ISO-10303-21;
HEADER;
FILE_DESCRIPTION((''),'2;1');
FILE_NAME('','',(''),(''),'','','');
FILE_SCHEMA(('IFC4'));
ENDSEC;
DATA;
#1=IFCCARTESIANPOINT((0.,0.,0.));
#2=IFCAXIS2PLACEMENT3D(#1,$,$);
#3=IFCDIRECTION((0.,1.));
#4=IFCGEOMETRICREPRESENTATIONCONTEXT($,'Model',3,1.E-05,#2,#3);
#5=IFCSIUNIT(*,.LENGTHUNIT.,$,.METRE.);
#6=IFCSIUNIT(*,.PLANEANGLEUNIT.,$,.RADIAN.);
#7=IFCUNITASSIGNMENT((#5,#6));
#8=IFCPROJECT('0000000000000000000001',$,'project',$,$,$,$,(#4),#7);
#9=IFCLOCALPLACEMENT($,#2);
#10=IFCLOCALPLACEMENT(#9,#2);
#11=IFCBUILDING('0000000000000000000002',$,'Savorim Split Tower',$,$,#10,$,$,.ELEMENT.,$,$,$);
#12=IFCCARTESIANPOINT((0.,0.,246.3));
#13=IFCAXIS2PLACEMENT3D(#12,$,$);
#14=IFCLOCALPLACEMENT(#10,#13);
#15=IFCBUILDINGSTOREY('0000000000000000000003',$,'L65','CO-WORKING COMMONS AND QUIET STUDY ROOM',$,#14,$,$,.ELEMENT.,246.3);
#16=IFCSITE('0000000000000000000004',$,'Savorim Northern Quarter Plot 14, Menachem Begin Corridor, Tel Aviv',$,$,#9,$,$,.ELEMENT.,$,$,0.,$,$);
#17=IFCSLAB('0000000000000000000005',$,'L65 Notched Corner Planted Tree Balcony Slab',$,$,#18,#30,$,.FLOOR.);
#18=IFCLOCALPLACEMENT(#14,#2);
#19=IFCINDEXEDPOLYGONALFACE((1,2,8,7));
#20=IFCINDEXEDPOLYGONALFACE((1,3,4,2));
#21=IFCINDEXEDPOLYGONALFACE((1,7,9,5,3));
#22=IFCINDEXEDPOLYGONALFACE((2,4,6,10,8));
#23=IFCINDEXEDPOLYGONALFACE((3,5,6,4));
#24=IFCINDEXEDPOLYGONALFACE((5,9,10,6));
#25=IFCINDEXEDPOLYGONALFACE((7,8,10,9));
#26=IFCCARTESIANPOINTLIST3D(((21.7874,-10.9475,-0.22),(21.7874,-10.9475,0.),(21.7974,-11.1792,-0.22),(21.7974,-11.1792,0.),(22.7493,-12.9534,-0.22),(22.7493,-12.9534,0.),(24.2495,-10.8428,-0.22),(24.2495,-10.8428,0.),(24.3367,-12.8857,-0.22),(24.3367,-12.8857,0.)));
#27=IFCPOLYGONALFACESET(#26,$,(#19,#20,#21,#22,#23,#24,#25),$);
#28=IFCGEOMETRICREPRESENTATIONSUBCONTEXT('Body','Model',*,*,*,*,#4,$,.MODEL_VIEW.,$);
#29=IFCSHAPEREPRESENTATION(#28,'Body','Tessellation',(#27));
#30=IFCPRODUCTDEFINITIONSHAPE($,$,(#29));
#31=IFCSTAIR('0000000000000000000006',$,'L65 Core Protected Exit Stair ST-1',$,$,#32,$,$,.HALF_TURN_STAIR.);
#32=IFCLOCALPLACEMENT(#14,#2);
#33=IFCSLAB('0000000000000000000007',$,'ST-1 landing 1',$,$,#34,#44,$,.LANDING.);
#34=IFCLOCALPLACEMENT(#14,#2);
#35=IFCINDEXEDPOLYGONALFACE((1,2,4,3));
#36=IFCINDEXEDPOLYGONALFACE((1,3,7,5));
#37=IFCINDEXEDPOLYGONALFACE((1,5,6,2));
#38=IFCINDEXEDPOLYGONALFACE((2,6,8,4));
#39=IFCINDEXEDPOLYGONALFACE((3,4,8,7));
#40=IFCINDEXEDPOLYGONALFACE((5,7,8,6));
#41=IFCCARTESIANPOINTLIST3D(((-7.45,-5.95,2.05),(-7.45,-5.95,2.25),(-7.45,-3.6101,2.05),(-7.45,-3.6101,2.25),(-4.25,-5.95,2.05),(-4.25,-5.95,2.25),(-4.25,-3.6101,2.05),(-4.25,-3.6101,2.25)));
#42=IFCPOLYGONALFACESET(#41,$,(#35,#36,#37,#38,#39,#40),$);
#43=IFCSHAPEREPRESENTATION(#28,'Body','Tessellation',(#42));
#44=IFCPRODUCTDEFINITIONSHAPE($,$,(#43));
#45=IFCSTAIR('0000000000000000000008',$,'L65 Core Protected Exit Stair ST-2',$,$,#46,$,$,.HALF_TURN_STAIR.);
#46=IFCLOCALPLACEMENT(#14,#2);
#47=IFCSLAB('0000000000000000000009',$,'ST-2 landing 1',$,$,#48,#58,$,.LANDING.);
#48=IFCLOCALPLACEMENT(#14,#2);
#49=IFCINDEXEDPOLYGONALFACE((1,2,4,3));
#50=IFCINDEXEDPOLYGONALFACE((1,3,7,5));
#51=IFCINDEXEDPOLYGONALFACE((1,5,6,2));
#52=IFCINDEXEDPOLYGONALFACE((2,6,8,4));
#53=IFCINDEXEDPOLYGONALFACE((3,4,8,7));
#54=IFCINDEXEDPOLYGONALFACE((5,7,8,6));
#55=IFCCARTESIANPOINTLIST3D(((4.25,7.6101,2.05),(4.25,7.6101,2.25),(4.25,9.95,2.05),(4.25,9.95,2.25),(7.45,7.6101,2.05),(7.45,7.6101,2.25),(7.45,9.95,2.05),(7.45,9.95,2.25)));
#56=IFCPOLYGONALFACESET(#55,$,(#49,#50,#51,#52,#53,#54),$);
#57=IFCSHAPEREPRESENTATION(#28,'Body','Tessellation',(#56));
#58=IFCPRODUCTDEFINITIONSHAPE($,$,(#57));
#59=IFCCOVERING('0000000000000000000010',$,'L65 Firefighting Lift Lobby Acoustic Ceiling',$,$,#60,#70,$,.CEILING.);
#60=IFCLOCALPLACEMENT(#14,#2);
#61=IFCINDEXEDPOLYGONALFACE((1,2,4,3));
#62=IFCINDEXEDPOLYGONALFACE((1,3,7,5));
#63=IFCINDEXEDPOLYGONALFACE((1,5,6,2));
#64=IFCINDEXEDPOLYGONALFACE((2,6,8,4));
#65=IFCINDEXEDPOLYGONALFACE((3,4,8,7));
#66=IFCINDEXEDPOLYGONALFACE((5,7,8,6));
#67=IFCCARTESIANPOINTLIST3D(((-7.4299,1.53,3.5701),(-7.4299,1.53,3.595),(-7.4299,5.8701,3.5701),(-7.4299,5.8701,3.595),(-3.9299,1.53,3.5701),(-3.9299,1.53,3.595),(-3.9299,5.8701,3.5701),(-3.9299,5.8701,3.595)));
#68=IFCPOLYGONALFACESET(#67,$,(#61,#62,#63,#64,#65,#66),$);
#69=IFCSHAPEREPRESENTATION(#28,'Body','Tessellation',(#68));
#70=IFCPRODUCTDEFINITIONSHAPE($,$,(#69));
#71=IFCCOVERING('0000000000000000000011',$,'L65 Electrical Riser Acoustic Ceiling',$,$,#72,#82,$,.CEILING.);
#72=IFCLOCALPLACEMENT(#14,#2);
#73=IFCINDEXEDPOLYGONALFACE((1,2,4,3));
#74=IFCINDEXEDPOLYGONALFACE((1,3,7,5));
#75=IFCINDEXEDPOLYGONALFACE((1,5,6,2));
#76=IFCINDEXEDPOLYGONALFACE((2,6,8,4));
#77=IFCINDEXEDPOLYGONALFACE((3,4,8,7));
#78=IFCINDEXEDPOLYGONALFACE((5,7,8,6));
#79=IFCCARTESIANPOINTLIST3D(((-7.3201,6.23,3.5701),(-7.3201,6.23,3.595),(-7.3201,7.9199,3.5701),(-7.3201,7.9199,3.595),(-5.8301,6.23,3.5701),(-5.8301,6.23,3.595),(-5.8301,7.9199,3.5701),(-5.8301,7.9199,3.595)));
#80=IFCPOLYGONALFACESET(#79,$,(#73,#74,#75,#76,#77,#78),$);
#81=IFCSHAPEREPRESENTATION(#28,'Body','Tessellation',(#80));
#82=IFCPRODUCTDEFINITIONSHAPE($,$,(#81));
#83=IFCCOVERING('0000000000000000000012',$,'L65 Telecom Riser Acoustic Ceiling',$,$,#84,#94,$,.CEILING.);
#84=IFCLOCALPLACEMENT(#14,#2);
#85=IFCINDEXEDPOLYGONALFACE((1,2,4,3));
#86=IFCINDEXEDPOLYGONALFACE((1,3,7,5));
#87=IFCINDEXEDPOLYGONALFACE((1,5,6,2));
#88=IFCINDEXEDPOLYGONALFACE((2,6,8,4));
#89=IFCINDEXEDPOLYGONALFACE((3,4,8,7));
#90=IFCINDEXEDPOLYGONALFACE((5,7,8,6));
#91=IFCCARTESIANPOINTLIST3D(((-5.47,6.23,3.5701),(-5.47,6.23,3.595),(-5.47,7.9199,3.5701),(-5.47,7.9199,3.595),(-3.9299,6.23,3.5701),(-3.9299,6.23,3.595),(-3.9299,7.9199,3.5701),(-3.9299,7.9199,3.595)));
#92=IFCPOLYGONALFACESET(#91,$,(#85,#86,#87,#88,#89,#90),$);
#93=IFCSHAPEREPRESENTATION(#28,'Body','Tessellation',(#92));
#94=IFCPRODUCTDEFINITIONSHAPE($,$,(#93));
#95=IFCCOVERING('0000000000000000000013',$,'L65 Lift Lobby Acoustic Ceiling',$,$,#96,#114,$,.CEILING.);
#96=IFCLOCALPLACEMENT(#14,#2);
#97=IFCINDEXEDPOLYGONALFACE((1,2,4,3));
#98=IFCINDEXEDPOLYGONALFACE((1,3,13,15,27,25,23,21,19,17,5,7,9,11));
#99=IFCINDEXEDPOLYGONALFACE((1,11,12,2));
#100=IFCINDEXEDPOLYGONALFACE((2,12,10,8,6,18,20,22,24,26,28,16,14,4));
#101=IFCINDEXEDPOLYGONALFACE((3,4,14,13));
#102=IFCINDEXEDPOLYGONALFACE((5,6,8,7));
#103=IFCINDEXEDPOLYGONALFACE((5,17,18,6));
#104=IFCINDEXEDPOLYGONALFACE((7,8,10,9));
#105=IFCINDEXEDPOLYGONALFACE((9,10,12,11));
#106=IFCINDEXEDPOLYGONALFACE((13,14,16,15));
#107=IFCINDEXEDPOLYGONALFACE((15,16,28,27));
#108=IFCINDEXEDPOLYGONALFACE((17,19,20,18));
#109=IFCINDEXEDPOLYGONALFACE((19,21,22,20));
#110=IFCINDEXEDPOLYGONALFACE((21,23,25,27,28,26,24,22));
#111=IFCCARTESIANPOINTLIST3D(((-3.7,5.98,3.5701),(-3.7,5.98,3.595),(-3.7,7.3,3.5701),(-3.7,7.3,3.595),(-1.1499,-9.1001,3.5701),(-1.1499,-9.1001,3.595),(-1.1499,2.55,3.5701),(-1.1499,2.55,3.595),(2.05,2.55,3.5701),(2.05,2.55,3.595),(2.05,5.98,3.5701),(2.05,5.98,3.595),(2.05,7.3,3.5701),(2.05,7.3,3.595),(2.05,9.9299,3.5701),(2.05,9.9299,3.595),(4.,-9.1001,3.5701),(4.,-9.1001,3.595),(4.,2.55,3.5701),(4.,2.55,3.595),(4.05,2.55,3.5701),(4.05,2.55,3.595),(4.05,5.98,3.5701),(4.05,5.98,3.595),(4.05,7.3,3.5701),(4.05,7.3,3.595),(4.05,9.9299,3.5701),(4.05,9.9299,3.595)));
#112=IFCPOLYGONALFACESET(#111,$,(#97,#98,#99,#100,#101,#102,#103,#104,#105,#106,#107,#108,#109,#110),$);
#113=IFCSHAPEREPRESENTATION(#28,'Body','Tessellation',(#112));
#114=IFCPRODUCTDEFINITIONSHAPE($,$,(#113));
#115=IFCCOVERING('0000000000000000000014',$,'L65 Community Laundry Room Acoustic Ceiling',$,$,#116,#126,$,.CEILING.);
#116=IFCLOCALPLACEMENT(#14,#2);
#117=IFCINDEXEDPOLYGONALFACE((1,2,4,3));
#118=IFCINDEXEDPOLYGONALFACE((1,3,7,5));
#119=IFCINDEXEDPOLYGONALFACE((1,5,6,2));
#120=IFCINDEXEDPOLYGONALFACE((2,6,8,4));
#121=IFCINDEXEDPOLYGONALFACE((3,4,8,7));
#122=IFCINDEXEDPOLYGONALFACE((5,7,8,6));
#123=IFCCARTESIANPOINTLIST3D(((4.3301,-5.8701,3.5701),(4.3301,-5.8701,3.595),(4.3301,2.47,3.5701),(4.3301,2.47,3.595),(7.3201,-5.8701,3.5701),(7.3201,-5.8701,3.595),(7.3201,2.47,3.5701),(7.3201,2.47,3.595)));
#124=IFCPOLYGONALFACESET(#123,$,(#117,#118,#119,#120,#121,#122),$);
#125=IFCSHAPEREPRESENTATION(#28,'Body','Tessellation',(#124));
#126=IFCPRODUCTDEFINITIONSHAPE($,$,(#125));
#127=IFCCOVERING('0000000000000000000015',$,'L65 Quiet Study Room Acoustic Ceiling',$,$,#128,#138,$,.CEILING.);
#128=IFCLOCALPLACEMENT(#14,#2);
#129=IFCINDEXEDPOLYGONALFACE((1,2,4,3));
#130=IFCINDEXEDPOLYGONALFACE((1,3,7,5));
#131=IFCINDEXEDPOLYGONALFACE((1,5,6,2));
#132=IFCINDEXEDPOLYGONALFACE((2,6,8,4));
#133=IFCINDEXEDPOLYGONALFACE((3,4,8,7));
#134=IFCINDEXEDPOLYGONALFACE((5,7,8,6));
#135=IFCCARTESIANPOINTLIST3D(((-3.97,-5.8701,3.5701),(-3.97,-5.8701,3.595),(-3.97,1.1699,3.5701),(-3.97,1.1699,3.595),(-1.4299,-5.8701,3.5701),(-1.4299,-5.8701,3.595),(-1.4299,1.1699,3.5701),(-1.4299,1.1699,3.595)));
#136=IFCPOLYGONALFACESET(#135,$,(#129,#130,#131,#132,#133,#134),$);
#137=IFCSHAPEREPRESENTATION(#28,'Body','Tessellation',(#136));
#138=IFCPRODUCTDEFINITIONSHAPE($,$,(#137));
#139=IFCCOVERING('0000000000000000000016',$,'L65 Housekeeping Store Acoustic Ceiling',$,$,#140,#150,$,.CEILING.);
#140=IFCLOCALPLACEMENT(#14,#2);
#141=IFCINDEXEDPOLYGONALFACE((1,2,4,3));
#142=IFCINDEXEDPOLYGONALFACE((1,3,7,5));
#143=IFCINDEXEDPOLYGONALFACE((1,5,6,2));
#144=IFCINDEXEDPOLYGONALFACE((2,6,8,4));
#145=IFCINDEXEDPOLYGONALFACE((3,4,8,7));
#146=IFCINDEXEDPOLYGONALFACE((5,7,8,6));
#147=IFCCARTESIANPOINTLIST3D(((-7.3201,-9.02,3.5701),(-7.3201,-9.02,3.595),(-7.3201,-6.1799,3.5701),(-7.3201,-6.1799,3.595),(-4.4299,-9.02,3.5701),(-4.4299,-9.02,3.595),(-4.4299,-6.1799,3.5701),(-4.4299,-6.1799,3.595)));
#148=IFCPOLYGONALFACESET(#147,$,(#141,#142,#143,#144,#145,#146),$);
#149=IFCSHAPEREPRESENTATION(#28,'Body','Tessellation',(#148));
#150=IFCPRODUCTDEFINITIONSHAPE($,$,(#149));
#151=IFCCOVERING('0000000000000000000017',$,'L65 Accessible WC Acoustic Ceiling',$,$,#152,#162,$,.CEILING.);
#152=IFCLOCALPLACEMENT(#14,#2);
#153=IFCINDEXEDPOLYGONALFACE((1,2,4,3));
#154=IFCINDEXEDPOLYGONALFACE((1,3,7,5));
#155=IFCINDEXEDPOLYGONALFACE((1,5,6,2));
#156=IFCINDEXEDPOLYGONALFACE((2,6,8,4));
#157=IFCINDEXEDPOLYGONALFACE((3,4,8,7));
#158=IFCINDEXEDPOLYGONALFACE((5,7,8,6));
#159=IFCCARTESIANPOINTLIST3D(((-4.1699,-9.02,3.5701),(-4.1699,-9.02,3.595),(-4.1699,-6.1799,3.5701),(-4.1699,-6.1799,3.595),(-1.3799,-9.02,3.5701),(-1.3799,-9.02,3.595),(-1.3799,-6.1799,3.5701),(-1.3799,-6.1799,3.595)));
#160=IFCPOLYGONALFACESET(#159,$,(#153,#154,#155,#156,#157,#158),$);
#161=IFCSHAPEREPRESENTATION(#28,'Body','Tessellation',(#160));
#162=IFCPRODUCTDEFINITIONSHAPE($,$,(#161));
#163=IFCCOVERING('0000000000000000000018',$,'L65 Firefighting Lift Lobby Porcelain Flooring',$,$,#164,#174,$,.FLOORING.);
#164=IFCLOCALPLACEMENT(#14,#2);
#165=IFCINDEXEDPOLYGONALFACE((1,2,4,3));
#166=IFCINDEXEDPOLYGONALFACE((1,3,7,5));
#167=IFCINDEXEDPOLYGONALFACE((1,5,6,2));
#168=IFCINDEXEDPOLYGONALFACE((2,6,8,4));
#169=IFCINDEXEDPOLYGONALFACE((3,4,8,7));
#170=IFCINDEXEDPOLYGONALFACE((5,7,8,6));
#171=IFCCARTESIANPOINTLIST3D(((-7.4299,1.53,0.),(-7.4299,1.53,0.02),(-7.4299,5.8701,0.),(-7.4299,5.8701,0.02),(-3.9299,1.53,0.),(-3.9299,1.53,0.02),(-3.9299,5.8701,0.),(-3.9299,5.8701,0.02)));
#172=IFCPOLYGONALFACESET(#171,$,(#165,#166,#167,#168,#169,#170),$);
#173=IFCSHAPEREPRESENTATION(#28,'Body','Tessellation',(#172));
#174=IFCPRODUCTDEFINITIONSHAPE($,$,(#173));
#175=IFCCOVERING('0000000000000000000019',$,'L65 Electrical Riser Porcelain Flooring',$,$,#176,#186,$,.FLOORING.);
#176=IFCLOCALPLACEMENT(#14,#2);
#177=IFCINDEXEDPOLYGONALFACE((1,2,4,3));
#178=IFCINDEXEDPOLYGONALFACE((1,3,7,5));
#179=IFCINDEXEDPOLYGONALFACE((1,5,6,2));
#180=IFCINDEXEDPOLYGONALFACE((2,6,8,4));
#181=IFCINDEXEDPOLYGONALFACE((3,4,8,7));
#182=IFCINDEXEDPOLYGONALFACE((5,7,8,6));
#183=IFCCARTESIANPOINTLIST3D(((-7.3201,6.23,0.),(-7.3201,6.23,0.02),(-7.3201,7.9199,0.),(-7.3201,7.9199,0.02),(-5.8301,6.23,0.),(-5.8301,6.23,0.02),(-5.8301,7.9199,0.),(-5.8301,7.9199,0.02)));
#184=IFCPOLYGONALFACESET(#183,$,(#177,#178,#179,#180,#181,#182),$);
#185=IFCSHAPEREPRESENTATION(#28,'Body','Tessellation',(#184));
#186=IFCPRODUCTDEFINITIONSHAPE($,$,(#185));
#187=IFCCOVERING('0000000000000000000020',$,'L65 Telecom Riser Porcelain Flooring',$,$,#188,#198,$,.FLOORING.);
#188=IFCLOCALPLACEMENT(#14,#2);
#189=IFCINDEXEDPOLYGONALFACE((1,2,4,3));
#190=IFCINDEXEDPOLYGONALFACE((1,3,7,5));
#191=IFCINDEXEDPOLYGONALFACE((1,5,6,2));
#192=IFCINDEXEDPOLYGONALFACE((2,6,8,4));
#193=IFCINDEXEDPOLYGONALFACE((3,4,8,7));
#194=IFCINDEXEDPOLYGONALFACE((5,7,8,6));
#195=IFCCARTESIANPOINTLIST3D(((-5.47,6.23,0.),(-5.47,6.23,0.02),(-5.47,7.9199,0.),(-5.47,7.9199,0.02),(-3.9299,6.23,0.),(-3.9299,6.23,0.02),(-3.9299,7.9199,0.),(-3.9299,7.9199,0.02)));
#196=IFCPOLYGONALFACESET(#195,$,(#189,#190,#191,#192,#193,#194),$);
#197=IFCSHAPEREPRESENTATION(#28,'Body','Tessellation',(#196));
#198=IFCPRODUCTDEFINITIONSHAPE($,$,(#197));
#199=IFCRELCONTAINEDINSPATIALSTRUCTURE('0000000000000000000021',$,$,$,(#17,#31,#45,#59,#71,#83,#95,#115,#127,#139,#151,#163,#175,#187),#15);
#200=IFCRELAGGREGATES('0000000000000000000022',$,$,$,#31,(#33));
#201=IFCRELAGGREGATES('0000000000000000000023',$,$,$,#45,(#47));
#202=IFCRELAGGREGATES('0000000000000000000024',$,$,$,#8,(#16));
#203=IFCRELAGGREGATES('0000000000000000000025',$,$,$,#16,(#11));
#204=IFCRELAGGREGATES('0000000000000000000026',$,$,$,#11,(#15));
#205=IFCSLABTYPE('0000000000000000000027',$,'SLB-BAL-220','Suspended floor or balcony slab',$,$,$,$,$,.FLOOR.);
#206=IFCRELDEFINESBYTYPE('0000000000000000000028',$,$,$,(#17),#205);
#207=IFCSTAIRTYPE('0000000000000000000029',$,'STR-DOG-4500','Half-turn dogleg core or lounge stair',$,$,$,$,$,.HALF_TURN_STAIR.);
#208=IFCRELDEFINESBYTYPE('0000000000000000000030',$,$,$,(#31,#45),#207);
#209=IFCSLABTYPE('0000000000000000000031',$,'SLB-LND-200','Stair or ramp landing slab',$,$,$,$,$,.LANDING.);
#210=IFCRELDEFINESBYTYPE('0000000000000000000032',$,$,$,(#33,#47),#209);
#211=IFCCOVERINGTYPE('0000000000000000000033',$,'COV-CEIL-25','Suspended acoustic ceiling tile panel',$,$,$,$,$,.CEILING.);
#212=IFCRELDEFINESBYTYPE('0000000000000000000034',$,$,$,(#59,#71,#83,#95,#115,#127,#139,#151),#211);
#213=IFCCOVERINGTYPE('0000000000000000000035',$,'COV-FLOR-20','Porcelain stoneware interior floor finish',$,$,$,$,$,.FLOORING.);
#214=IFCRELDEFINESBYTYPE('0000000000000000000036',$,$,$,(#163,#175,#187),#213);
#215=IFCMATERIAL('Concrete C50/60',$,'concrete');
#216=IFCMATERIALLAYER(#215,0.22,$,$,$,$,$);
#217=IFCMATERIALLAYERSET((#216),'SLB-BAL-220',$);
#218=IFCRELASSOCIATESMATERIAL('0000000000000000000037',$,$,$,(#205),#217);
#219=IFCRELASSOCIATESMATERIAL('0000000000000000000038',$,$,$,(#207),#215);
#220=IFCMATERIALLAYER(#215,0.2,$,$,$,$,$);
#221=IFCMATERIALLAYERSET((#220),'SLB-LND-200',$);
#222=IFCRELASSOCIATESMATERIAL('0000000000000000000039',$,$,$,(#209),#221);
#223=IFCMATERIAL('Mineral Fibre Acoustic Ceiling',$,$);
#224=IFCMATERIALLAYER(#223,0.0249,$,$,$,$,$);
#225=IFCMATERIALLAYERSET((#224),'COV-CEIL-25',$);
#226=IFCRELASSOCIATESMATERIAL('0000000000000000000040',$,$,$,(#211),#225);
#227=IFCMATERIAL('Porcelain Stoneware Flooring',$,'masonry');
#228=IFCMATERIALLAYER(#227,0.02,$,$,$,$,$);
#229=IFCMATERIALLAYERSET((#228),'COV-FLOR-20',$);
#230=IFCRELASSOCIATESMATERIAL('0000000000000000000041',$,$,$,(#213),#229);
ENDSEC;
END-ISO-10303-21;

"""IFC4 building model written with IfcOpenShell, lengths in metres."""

from ifc_helpers import new_model, si_unit, direction, frame, origin, place, context, subcontext, project, spatial, polyline, outline, extrude, material, layer, layer_set, type_object, element, aggregate, save


model = new_model("IFC4")

# Units and contexts
model_context = context("Model", 3, precision=1e-05, world=origin(), true_north=direction((0.0, 1.0)))
body_context = subcontext(model_context, "Body", "Model", "MODEL_VIEW")
ifc_project = project(units=[si_unit("LENGTHUNIT", "METRE"), si_unit("PLANEANGLEUNIT", "RADIAN")], contexts=[model_context])

# Site, building, storey
site_placement = place(None, origin())
site = spatial("IfcSite", under=ifc_project, at=site_placement, Name="Savorim Northern Quarter Plot 14, Menachem Begin Corridor, Tel Aviv", CompositionType="ELEMENT", RefElevation=0.0)
building_placement = place(site_placement, origin())
building = spatial("IfcBuilding", under=site, at=building_placement, Name="Savorim Split Tower", CompositionType="ELEMENT")
storey_placement = place(building_placement, frame((0.0, 0.0, 246.3)))
storey = spatial("IfcBuildingStorey", under=building, at=storey_placement, Name="L65", Description="CO-WORKING COMMONS AND QUIET STUDY ROOM", CompositionType="ELEMENT", Elevation=246.3)

# Slab
ifc_material_1 = material(Name="Concrete C50/60", Category="concrete")
ifc_layer_1 = layer(ifc_material_1, 0.22)
ifc_layer_set_1 = layer_set([ifc_layer_1], Name="SLB-BAL-220")
slab_type_1 = type_object("IfcSlabType", Name="SLB-BAL-220", Description="Suspended floor or balcony slab", PredefinedType="FLOOR", material=ifc_layer_set_1)
slab_1_placement = place(storey_placement, frame((0.0, 0.0, -0.22)))
element("IfcSlab", 1, at=slab_1_placement, inside=storey, type_object=slab_type_1, Name="L65 Notched Corner Planted Tree Balcony Slab", PredefinedType="FLOOR", context=body_context, shape_type="SweptSolid", body=[
    extrude(outline(polyline([(24.2495, -10.8428), (21.7874, -10.9475), (21.7974, -11.1792), (22.7493, -12.9534), (24.3367, -12.8857), (24.2495, -10.8428)])), origin(), (0.0, 0.0, 1.0), 0.22),
])

# Stairs, slabs
stair_type = type_object("IfcStairType", Name="STR-DOG-4500", Description="Half-turn dogleg core or lounge stair", PredefinedType="HALF_TURN_STAIR", material=ifc_material_1)
stair_1_placement = place(storey_placement, origin())
stair_1 = element("IfcStair", 2, at=stair_1_placement, inside=storey, type_object=stair_type, Name="L65 Core Protected Exit Stair ST-1", PredefinedType="HALF_TURN_STAIR")
ifc_layer_2 = layer(ifc_material_1, 0.2)
ifc_layer_set_2 = layer_set([ifc_layer_2], Name="SLB-LND-200")
slab_type_2 = type_object("IfcSlabType", Name="SLB-LND-200", Description="Stair or ramp landing slab", PredefinedType="LANDING", material=ifc_layer_set_2)
slab_2_placement = place(storey_placement, frame((0.0, 0.0, 2.05)))
slab_2 = element("IfcSlab", 3, at=slab_2_placement, type_object=slab_type_2, Name="ST-1 landing 1", PredefinedType="LANDING", context=body_context, shape_type="SweptSolid", body=[
    extrude(outline(polyline([(-7.45, -3.6101), (-7.45, -5.95), (-4.25, -5.95), (-4.25, -3.6101), (-7.45, -3.6101)])), origin(), (0.0, 0.0, 1.0), 0.2),
])
aggregate(stair_1, [slab_2])
stair_2_placement = place(storey_placement, origin())
stair_2 = element("IfcStair", 4, at=stair_2_placement, inside=storey, type_object=stair_type, Name="L65 Core Protected Exit Stair ST-2", PredefinedType="HALF_TURN_STAIR")
slab_3_placement = place(storey_placement, frame((0.0, 0.0, 2.05)))
slab_3 = element("IfcSlab", 5, at=slab_3_placement, type_object=slab_type_2, Name="ST-2 landing 1", PredefinedType="LANDING", context=body_context, shape_type="SweptSolid", body=[
    extrude(outline(polyline([(7.45, 7.6101), (7.45, 9.95), (4.25, 9.95), (4.25, 7.6101), (7.45, 7.6101)])), origin(), (0.0, 0.0, 1.0), 0.2),
])
aggregate(stair_2, [slab_3])

# Coverings
ifc_material_2 = material(Name="Mineral Fibre Acoustic Ceiling")
ifc_layer_3 = layer(ifc_material_2, 0.0249)
ifc_layer_set_3 = layer_set([ifc_layer_3], Name="COV-CEIL-25")
covering_type_1 = type_object("IfcCoveringType", Name="COV-CEIL-25", Description="Suspended acoustic ceiling tile panel", PredefinedType="CEILING", material=ifc_layer_set_3)
covering_1_placement = place(storey_placement, frame((0.0, 0.0, 3.5701)))
element("IfcCovering", 6, at=covering_1_placement, inside=storey, type_object=covering_type_1, Name="L65 Firefighting Lift Lobby Acoustic Ceiling", PredefinedType="CEILING", context=body_context, shape_type="SweptSolid", body=[
    extrude(outline(polyline([(-7.4299, 5.8701), (-7.4299, 1.53), (-3.9299, 1.53), (-3.9299, 5.8701), (-7.4299, 5.8701)])), origin(), (0.0, 0.0, 1.0), 0.0249),
])
covering_2_placement = place(storey_placement, frame((0.0, 0.0, 3.5701)))
element("IfcCovering", 7, at=covering_2_placement, inside=storey, type_object=covering_type_1, Name="L65 Electrical Riser Acoustic Ceiling", PredefinedType="CEILING", context=body_context, shape_type="SweptSolid", body=[
    extrude(outline(polyline([(-7.3201, 7.9199), (-7.3201, 6.23), (-5.8301, 6.23), (-5.8301, 7.9199), (-7.3201, 7.9199)])), origin(), (0.0, 0.0, 1.0), 0.0249),
])
covering_3_placement = place(storey_placement, frame((0.0, 0.0, 3.5701)))
element("IfcCovering", 8, at=covering_3_placement, inside=storey, type_object=covering_type_1, Name="L65 Telecom Riser Acoustic Ceiling", PredefinedType="CEILING", context=body_context, shape_type="SweptSolid", body=[
    extrude(outline(polyline([(-5.47, 7.9199), (-5.47, 6.23), (-3.9299, 6.23), (-3.9299, 7.9199), (-5.47, 7.9199)])), origin(), (0.0, 0.0, 1.0), 0.0249),
])
covering_4_placement = place(storey_placement, frame((0.0, 0.0, 3.5701)))
element("IfcCovering", 9, at=covering_4_placement, inside=storey, type_object=covering_type_1, Name="L65 Lift Lobby Acoustic Ceiling", PredefinedType="CEILING", context=body_context, shape_type="SweptSolid", body=[
    extrude(outline(polyline([(2.05, 2.55), (-1.1499, 2.55), (-1.1499, -9.1001), (4.0, -9.1001), (4.0, 2.55), (4.05, 2.55), (4.05, 5.98), (4.05, 7.3), (4.05, 9.9299), (2.05, 9.9299), (2.05, 7.3), (-3.7, 7.3), (-3.7, 5.98), (2.05, 5.98), (2.05, 2.55)])), origin(), (0.0, 0.0, 1.0), 0.0249),
])
covering_5_placement = place(storey_placement, frame((0.0, 0.0, 3.5701)))
element("IfcCovering", 10, at=covering_5_placement, inside=storey, type_object=covering_type_1, Name="L65 Community Laundry Room Acoustic Ceiling", PredefinedType="CEILING", context=body_context, shape_type="SweptSolid", body=[
    extrude(outline(polyline([(4.3301, 2.47), (4.3301, -5.8701), (7.3201, -5.8701), (7.3201, 2.47), (4.3301, 2.47)])), origin(), (0.0, 0.0, 1.0), 0.0249),
])
covering_6_placement = place(storey_placement, frame((0.0, 0.0, 3.5701)))
element("IfcCovering", 11, at=covering_6_placement, inside=storey, type_object=covering_type_1, Name="L65 Quiet Study Room Acoustic Ceiling", PredefinedType="CEILING", context=body_context, shape_type="SweptSolid", body=[
    extrude(outline(polyline([(-3.97, 1.1699), (-3.97, -5.8701), (-1.4299, -5.8701), (-1.4299, 1.1699), (-3.97, 1.1699)])), origin(), (0.0, 0.0, 1.0), 0.0249),
])
covering_7_placement = place(storey_placement, frame((0.0, 0.0, 3.5701)))
element("IfcCovering", 12, at=covering_7_placement, inside=storey, type_object=covering_type_1, Name="L65 Housekeeping Store Acoustic Ceiling", PredefinedType="CEILING", context=body_context, shape_type="SweptSolid", body=[
    extrude(outline(polyline([(-7.3201, -6.1799), (-7.3201, -9.02), (-4.4299, -9.02), (-4.4299, -6.1799), (-7.3201, -6.1799)])), origin(), (0.0, 0.0, 1.0), 0.0249),
])
covering_8_placement = place(storey_placement, frame((0.0, 0.0, 3.5701)))
element("IfcCovering", 13, at=covering_8_placement, inside=storey, type_object=covering_type_1, Name="L65 Accessible WC Acoustic Ceiling", PredefinedType="CEILING", context=body_context, shape_type="SweptSolid", body=[
    extrude(outline(polyline([(-4.1699, -6.1799), (-4.1699, -9.02), (-1.3799, -9.02), (-1.3799, -6.1799), (-4.1699, -6.1799)])), origin(), (0.0, 0.0, 1.0), 0.0249),
])
ifc_material_3 = material(Name="Porcelain Stoneware Flooring", Category="masonry")
ifc_layer_4 = layer(ifc_material_3, 0.02)
ifc_layer_set_4 = layer_set([ifc_layer_4], Name="COV-FLOR-20")
covering_type_2 = type_object("IfcCoveringType", Name="COV-FLOR-20", Description="Porcelain stoneware interior floor finish", PredefinedType="FLOORING", material=ifc_layer_set_4)
covering_9_placement = place(storey_placement, origin())
element("IfcCovering", 14, at=covering_9_placement, inside=storey, type_object=covering_type_2, Name="L65 Firefighting Lift Lobby Porcelain Flooring", PredefinedType="FLOORING", context=body_context, shape_type="SweptSolid", body=[
    extrude(outline(polyline([(-7.4299, 5.8701), (-7.4299, 1.53), (-3.9299, 1.53), (-3.9299, 5.8701), (-7.4299, 5.8701)])), origin(), (0.0, 0.0, 1.0), 0.02),
])
covering_10_placement = place(storey_placement, origin())
element("IfcCovering", 15, at=covering_10_placement, inside=storey, type_object=covering_type_2, Name="L65 Electrical Riser Porcelain Flooring", PredefinedType="FLOORING", context=body_context, shape_type="SweptSolid", body=[
    extrude(outline(polyline([(-7.3201, 7.9199), (-7.3201, 6.23), (-5.8301, 6.23), (-5.8301, 7.9199), (-7.3201, 7.9199)])), origin(), (0.0, 0.0, 1.0), 0.02),
])
covering_11_placement = place(storey_placement, origin())
element("IfcCovering", 16, at=covering_11_placement, inside=storey, type_object=covering_type_2, Name="L65 Telecom Riser Porcelain Flooring", PredefinedType="FLOORING", context=body_context, shape_type="SweptSolid", body=[
    extrude(outline(polyline([(-5.47, 7.9199), (-5.47, 6.23), (-3.9299, 6.23), (-3.9299, 7.9199), (-5.47, 7.9199)])), origin(), (0.0, 0.0, 1.0), 0.02),
])

save(model, "model.ifc")
